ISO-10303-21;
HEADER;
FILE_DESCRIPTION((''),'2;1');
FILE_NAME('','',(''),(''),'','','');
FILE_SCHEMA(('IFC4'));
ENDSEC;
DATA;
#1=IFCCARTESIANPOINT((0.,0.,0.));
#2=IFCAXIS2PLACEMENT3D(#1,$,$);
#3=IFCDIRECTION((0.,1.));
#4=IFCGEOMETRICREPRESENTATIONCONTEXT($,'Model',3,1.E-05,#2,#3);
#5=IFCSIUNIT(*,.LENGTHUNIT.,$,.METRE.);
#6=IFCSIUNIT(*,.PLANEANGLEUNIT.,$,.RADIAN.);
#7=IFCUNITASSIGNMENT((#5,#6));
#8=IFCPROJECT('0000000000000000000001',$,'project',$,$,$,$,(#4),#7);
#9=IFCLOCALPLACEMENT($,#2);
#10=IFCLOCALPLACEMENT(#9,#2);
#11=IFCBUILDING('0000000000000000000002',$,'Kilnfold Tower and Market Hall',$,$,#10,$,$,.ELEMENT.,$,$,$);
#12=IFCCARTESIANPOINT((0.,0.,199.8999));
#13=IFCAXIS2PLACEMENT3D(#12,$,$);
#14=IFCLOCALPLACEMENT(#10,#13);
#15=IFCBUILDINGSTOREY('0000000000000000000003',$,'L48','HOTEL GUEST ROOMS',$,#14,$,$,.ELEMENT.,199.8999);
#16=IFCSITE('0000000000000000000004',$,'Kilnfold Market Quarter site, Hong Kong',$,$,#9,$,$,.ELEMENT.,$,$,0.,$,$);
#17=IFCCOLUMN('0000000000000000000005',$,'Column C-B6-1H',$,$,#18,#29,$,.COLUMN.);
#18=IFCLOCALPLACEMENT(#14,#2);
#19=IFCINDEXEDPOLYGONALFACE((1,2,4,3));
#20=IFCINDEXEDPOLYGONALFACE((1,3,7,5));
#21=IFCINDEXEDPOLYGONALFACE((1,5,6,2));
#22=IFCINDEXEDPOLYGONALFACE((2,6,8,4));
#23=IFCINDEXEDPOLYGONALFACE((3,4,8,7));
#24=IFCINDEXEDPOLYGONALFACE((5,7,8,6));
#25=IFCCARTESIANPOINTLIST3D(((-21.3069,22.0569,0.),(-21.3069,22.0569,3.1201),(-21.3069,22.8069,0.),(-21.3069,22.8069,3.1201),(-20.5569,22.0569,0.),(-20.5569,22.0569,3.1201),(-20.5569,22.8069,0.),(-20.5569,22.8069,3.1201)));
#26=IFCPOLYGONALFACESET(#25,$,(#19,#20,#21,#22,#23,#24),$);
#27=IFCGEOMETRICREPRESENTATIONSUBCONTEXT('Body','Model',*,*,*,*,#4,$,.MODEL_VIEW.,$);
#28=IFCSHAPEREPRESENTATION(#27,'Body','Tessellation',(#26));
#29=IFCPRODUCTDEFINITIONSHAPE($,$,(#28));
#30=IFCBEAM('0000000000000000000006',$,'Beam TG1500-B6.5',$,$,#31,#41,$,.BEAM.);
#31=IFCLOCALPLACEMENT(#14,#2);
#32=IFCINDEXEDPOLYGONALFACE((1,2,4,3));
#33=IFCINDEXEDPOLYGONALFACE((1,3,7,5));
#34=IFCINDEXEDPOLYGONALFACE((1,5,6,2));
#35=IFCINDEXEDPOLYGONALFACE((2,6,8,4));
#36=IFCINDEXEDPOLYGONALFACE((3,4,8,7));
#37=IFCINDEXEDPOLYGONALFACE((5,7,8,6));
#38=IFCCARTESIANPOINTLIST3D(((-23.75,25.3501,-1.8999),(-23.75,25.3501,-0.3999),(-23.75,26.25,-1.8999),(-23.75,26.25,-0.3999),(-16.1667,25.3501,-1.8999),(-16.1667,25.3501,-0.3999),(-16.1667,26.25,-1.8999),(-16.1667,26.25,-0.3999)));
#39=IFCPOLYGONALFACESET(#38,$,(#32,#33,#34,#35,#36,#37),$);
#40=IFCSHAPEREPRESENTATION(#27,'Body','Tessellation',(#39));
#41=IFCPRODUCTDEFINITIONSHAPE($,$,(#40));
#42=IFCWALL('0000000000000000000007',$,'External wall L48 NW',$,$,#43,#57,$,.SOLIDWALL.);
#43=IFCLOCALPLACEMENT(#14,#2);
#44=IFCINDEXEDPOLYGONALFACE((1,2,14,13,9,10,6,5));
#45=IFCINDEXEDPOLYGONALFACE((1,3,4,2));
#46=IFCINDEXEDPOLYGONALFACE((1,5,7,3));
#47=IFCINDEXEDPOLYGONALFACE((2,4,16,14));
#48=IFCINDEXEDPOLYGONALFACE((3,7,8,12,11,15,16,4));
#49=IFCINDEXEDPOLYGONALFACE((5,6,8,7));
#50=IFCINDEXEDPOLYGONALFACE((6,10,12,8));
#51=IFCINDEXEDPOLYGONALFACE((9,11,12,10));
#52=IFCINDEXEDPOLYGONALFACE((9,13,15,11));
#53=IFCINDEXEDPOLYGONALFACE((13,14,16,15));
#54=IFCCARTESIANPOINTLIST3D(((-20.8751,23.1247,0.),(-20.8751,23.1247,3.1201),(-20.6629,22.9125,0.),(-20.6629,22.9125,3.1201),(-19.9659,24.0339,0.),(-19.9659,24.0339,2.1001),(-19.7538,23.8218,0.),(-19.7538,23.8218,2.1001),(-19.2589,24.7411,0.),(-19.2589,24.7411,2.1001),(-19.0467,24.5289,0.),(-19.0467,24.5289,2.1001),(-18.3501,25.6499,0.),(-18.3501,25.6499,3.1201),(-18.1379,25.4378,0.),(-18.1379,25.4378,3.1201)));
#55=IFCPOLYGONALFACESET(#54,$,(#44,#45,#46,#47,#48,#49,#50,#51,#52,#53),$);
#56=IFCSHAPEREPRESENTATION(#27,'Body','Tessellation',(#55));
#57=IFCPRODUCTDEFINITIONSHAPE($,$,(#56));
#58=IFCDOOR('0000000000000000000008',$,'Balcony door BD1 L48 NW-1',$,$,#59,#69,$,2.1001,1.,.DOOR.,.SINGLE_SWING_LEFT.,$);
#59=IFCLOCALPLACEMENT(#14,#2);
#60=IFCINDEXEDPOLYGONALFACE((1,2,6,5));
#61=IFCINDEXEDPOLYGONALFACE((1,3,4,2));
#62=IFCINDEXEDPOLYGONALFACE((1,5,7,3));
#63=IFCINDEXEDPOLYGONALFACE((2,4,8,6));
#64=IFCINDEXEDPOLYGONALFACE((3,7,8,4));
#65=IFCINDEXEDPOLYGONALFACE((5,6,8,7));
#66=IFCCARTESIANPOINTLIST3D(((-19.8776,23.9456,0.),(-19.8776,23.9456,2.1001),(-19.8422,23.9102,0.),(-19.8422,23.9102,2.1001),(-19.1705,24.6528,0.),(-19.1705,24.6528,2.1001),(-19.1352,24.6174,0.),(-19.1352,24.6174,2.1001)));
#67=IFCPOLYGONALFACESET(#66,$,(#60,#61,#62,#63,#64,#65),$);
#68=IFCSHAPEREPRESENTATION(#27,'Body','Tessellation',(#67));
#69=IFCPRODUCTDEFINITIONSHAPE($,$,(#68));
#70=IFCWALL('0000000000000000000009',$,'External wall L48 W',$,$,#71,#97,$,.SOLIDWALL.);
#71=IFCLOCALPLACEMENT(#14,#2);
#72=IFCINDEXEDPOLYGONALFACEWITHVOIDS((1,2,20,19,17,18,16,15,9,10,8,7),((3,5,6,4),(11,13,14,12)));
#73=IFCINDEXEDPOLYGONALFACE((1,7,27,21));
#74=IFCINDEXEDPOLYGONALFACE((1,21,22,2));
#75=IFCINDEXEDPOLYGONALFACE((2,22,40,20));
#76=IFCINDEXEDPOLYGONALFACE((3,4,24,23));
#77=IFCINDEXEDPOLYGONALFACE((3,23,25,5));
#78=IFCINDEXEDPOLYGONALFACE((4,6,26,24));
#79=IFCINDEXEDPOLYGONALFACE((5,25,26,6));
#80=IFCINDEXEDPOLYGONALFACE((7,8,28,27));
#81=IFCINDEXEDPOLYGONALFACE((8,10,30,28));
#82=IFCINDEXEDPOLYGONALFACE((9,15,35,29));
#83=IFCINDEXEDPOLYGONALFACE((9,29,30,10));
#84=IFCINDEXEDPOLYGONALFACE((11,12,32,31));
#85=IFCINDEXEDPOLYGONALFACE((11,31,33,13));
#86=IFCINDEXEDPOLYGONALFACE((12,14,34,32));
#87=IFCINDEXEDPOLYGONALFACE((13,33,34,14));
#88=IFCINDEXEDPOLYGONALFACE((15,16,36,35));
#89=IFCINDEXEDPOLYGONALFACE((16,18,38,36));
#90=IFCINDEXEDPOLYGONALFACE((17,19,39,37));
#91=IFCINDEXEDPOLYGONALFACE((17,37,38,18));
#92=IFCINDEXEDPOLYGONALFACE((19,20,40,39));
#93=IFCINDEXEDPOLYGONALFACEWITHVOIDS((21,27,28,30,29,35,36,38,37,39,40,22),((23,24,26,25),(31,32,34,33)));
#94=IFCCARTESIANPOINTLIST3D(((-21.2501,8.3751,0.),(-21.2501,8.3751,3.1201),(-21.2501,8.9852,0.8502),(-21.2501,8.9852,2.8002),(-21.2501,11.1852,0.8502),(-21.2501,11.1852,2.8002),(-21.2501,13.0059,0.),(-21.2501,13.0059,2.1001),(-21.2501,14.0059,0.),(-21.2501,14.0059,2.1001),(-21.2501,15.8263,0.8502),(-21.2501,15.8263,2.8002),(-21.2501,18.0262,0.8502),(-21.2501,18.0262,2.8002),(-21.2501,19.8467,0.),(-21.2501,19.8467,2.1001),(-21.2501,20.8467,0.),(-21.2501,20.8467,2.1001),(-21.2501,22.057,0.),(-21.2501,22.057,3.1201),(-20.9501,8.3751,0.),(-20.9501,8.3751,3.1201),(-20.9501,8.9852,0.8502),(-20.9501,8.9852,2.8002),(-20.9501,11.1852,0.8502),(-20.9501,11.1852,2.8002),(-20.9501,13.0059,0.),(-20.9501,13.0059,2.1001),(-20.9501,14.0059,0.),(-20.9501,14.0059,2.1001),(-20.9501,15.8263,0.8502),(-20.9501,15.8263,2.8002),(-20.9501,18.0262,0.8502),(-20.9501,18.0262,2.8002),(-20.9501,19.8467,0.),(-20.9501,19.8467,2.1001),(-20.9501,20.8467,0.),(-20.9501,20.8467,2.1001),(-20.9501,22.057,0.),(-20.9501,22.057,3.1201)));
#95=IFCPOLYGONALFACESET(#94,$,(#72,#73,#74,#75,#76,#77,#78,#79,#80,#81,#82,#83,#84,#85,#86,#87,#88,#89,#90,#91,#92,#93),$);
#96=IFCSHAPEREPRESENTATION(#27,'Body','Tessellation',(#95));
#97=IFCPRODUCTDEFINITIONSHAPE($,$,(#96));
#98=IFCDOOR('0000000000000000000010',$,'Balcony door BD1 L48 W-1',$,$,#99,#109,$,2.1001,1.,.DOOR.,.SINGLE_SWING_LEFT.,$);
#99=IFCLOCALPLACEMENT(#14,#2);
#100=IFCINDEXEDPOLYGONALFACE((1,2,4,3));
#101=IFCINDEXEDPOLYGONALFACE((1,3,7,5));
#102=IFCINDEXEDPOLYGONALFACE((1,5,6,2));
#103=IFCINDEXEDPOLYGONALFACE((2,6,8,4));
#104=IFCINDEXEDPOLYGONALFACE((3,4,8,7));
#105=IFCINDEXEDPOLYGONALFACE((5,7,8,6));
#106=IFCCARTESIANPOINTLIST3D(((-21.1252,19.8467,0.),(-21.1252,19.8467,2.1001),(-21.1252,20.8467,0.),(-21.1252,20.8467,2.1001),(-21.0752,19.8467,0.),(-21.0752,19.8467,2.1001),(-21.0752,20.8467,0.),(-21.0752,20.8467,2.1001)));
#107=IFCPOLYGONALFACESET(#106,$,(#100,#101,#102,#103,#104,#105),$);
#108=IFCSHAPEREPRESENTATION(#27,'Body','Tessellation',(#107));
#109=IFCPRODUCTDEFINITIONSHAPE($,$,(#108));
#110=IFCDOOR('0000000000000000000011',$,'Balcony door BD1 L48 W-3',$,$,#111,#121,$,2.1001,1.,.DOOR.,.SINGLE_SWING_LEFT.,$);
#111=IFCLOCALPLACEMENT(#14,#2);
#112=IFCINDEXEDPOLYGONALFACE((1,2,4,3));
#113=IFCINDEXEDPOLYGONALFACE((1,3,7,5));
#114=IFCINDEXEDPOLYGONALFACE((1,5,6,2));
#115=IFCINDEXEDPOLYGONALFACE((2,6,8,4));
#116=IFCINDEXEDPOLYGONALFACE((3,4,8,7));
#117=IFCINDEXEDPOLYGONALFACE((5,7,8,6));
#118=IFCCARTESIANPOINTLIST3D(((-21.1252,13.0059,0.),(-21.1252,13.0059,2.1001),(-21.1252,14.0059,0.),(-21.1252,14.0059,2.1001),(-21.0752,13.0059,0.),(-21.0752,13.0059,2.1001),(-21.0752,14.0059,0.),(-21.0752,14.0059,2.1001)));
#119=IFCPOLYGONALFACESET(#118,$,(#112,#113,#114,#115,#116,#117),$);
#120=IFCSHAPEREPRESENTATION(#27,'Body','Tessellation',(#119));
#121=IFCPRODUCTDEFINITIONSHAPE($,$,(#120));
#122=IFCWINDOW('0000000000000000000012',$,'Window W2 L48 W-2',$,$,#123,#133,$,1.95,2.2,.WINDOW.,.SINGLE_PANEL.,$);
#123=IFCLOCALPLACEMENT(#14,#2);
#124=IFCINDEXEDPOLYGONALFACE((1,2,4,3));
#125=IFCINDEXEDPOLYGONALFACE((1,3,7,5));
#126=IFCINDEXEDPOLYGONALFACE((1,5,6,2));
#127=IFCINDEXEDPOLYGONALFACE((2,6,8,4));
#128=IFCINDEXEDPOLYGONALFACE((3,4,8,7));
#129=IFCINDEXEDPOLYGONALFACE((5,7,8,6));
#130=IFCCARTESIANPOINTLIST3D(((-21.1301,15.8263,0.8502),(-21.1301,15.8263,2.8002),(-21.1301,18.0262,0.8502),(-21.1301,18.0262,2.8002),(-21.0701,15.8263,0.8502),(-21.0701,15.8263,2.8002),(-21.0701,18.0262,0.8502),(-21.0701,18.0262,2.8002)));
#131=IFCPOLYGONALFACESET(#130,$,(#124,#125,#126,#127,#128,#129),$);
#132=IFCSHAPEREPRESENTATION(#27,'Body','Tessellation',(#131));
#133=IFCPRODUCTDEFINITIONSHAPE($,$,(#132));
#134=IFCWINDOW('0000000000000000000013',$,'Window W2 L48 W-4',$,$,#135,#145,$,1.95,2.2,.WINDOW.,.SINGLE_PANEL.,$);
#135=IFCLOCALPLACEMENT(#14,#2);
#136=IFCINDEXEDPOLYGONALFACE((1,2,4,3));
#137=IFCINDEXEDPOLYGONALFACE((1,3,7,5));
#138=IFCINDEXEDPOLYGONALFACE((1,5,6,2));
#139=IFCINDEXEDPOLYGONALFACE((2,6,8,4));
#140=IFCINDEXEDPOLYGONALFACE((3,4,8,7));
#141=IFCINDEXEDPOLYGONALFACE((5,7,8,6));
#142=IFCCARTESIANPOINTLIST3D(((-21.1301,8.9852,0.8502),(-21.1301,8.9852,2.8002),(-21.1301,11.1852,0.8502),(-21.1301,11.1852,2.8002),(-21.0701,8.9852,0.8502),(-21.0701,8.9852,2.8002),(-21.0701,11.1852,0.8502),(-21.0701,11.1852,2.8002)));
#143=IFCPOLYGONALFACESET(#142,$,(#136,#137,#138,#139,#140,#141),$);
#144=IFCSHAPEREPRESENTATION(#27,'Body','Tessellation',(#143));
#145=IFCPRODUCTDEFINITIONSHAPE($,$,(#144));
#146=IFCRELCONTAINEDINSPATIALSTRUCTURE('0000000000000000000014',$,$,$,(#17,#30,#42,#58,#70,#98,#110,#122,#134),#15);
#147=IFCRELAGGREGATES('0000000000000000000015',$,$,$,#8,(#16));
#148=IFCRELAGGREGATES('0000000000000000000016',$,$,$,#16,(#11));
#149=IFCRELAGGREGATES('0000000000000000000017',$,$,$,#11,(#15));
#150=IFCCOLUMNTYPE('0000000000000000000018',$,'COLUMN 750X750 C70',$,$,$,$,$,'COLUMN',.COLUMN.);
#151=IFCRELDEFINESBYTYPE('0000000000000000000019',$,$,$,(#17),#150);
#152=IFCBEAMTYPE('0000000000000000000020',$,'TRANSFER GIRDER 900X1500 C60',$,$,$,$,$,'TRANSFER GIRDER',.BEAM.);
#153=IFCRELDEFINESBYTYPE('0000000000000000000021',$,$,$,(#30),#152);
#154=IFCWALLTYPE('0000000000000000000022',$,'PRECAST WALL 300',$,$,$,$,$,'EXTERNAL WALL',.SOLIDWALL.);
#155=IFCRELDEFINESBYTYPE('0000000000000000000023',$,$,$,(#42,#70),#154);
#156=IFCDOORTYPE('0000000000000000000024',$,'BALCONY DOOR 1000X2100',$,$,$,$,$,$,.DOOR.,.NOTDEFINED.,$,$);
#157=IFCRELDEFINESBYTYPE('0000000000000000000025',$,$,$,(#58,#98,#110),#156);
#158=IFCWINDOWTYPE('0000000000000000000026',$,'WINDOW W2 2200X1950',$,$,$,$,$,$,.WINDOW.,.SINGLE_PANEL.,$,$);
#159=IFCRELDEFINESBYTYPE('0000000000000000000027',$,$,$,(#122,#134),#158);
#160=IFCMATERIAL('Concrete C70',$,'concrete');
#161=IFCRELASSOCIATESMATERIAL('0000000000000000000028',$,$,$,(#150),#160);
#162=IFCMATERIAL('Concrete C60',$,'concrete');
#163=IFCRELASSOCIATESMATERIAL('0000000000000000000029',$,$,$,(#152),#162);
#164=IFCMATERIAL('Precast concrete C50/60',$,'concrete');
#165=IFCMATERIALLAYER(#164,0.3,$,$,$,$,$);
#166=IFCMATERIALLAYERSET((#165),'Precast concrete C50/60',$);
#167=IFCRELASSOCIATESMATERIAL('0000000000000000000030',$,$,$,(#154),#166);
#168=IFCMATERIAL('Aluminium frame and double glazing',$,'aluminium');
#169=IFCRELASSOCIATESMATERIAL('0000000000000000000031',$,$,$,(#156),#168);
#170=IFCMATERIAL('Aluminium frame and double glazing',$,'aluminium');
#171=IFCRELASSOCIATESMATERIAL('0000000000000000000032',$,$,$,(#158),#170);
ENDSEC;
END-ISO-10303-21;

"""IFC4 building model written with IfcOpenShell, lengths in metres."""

from ifc_helpers import new_model, si_unit, direction, frame, frame_2d, origin, origin_2d, place, context, subcontext, project, spatial, rectangle, extrude, source, transform, mapped, material, layer, layer_set, material_profile, profile_set, type_object, element, fill, save


model = new_model("IFC4")

# Units and contexts
model_context = context("Model", 3, precision=1e-05, world=origin(), true_north=direction((0.0, 1.0)))
body_context = subcontext(model_context, "Body", "Model", "MODEL_VIEW")
ifc_project = project(units=[si_unit("LENGTHUNIT", "METRE"), si_unit("PLANEANGLEUNIT", "RADIAN")], contexts=[model_context])

# Site, building, storey
site_placement = place(None, origin())
site = spatial("IfcSite", under=ifc_project, at=site_placement, Name="Kilnfold Market Quarter site, Hong Kong", CompositionType="ELEMENT", RefElevation=0.0)
building_placement = place(site_placement, origin())
building = spatial("IfcBuilding", under=site, at=building_placement, Name="Kilnfold Tower and Market Hall", CompositionType="ELEMENT")
storey_placement = place(building_placement, frame((0.0, 0.0, 199.8999)))
storey = spatial("IfcBuildingStorey", under=building, at=storey_placement, Name="L48", Description="HOTEL GUEST ROOMS", CompositionType="ELEMENT", Elevation=199.8999)

# Column
ifc_material_1 = material(Name="Concrete C70", Category="concrete")
ifc_material_profile_1 = material_profile(ifc_material_1, rectangle(XDim=0.75, YDim=0.75, at=origin_2d()), Name="RC 750x750")
ifc_profile_set_1 = profile_set([ifc_material_profile_1], Name="Concrete C70")
column_type = type_object("IfcColumnType", Name="COLUMN 750X750 C70", ElementType="COLUMN", PredefinedType="COLUMN", material=ifc_profile_set_1)
shared_shape_1 = source(origin(), body_context, "Body", "SweptSolid", [
    extrude(rectangle(XDim=0.75, YDim=0.75, at=origin_2d()), origin(), (0.0, 0.0, 1.0), 3.1201),
])
column_placement = place(storey_placement, frame((-20.9319, 22.4319, 0.0), z_axis=(0.0, 0.0, 1.0), x_axis=(1.0, 0.0, 0.0)))
element("IfcColumn", 1, at=column_placement, inside=storey, type_object=column_type, Name="Column C-B6-1H", PredefinedType="COLUMN", context=body_context, shape_type="MappedRepresentation", body=[
    mapped(shared_shape_1, transform((0.0, 0.0, 0.0))),
])

# Beam
ifc_material_2 = material(Name="Concrete C60", Category="concrete")
ifc_material_profile_2 = material_profile(ifc_material_2, rectangle(XDim=0.8999, YDim=1.5, at=origin_2d()), Name="RC 900x1500")
ifc_profile_set_2 = profile_set([ifc_material_profile_2], Name="Concrete C60")
beam_type = type_object("IfcBeamType", Name="TRANSFER GIRDER 900X1500 C60", ElementType="TRANSFER GIRDER", PredefinedType="BEAM", material=ifc_profile_set_2)
shared_shape_2 = source(origin(), body_context, "Body", "SweptSolid", [
    extrude(rectangle(XDim=0.8999, YDim=1.5, at=origin_2d()), origin(), (0.0, 0.0, 1.0), 7.5833),
])
beam_placement = place(storey_placement, frame((-23.75, 25.8, -1.1499), z_axis=(1.0, 0.0, 0.0), x_axis=(0.0, 1.0, 0.0)))
element("IfcBeam", 2, at=beam_placement, inside=storey, type_object=beam_type, Name="Beam TG1500-B6.5", PredefinedType="BEAM", context=body_context, shape_type="MappedRepresentation", body=[
    mapped(shared_shape_2, transform((0.0, 0.0, 0.0))),
])

# Wall, opening, door
ifc_material_3 = material(Name="Precast concrete C50/60", Category="concrete")
ifc_layer_1 = layer(ifc_material_3, 0.3)
ifc_layer_set_1 = layer_set([ifc_layer_1], Name="Precast concrete C50/60")
wall_type_1 = type_object("IfcWallType", Name="PRECAST WALL 300", ElementType="EXTERNAL WALL", PredefinedType="SOLIDWALL", material=ifc_layer_set_1)
shared_shape_3 = source(origin(), body_context, "Body", "SweptSolid", [
    extrude(rectangle(XDim=3.571, YDim=0.3, at=frame_2d((1.7856, 0.0))), origin(), (0.0, 0.0, 1.0), 3.1201),
])
wall_1_placement = place(storey_placement, frame((-18.2439, 25.5439, 0.0), z_axis=(0.0, 0.0, 1.0), x_axis=(-0.707073, -0.707141, 0.0)))
wall_1 = element("IfcWall", 3, at=wall_1_placement, inside=storey, type_object=wall_type_1, Name="External wall L48 NW", PredefinedType="SOLIDWALL", context=body_context, shape_type="MappedRepresentation", body=[
    mapped(shared_shape_3, transform((0.0, 0.0, 0.0))),
])
opening_1_placement = place(wall_1_placement, frame((1.2854, 0.0, 0.0)))
opening_1 = element("IfcOpeningElement", 4, at=opening_1_placement, cuts=wall_1, PredefinedType="OPENING", context=body_context, shape_type="SweptSolid", body=[
    extrude(rectangle(XDim=1.0, YDim=2.1001, at=frame_2d((0.5, 1.05))), frame((0.0, 0.1602, 0.0), z_axis=(0.0, -1.0, 0.0), x_axis=(1.0, 0.0, 0.0)), (0.0, 0.0, 1.0), 0.3201),
])
ifc_material_4 = material(Name="Aluminium frame and double glazing", Category="aluminium")
door_type_1 = type_object("IfcDoorType", Name="BALCONY DOOR 1000X2100", OperationType="NOTDEFINED", PredefinedType="DOOR", material=ifc_material_4)
door_1_placement = place(opening_1_placement, origin())
door_1 = element("IfcDoor", 5, at=door_1_placement, inside=storey, type_object=door_type_1, Name="Balcony door BD1 L48 NW-1", OperationType="SINGLE_SWING_LEFT", OverallHeight=2.1001, OverallWidth=1.0, PredefinedType="DOOR", context=body_context, shape_type="SweptSolid", body=[
    extrude(rectangle(XDim=1.0, YDim=2.1001, at=frame_2d((0.5, 1.05))), frame((0.0, 0.0249, 0.0), z_axis=(0.0, -1.0, 0.0), x_axis=(1.0, 0.0, 0.0)), (0.0, 0.0, 1.0), 0.05),
])
fill(opening_1, door_1)

# Wall, openings, doors, windows
shared_shape_4 = source(origin(), body_context, "Body", "SweptSolid", [
    extrude(rectangle(XDim=13.6819, YDim=0.3, at=frame_2d((6.8408, 0.0))), origin(), (0.0, 0.0, 1.0), 3.1201),
])
wall_2_placement = place(storey_placement, frame((-21.1001, 22.0569, 0.0), z_axis=(0.0, 0.0, 1.0), x_axis=(0.0, -1.0, 0.0)))
wall_2 = element("IfcWall", 6, at=wall_2_placement, inside=storey, type_object=wall_type_1, Name="External wall L48 W", PredefinedType="SOLIDWALL", context=body_context, shape_type="MappedRepresentation", body=[
    mapped(shared_shape_4, transform((0.0, 0.0, 0.0))),
])
opening_2_placement = place(wall_2_placement, frame((1.2102, 0.0, 0.0)))
opening_2 = element("IfcOpeningElement", 7, at=opening_2_placement, cuts=wall_2, PredefinedType="OPENING", context=body_context, shape_type="SweptSolid", body=[
    extrude(rectangle(XDim=1.0, YDim=2.1001, at=frame_2d((0.5, 1.05))), frame((0.0, 0.1602, 0.0), z_axis=(0.0, -1.0, 0.0), x_axis=(1.0, 0.0, 0.0)), (0.0, 0.0, 1.0), 0.3201),
])
opening_3_placement = place(wall_2_placement, frame((4.0305, 0.0, 0.8501)))
opening_3 = element("IfcOpeningElement", 8, at=opening_3_placement, cuts=wall_2, PredefinedType="OPENING", context=body_context, shape_type="SweptSolid", body=[
    extrude(rectangle(XDim=2.2, YDim=1.95, at=frame_2d((1.1001, 0.9751))), frame((0.0, 0.1602, 0.0), z_axis=(0.0, -1.0, 0.0), x_axis=(1.0, 0.0, 0.0)), (0.0, 0.0, 1.0), 0.3201),
])
opening_4_placement = place(wall_2_placement, frame((8.051, 0.0, 0.0)))
opening_4 = element("IfcOpeningElement", 9, at=opening_4_placement, cuts=wall_2, PredefinedType="OPENING", context=body_context, shape_type="SweptSolid", body=[
    extrude(rectangle(XDim=1.0, YDim=2.1001, at=frame_2d((0.5, 1.05))), frame((0.0, 0.1602, 0.0), z_axis=(0.0, -1.0, 0.0), x_axis=(1.0, 0.0, 0.0)), (0.0, 0.0, 1.0), 0.3201),
])
opening_5_placement = place(wall_2_placement, frame((10.8716, 0.0, 0.8501)))
opening_5 = element("IfcOpeningElement", 10, at=opening_5_placement, cuts=wall_2, PredefinedType="OPENING", context=body_context, shape_type="SweptSolid", body=[
    extrude(rectangle(XDim=2.2, YDim=1.95, at=frame_2d((1.1001, 0.9751))), frame((0.0, 0.1602, 0.0), z_axis=(0.0, -1.0, 0.0), x_axis=(1.0, 0.0, 0.0)), (0.0, 0.0, 1.0), 0.3201),
])
door_2_placement = place(opening_2_placement, origin())
door_2 = element("IfcDoor", 11, at=door_2_placement, inside=storey, type_object=door_type_1, Name="Balcony door BD1 L48 W-1", OperationType="SINGLE_SWING_LEFT", OverallHeight=2.1001, OverallWidth=1.0, PredefinedType="DOOR", context=body_context, shape_type="SweptSolid", body=[
    extrude(rectangle(XDim=1.0, YDim=2.1001, at=frame_2d((0.5, 1.05))), frame((0.0, 0.0249, 0.0), z_axis=(0.0, -1.0, 0.0), x_axis=(1.0, 0.0, 0.0)), (0.0, 0.0, 1.0), 0.05),
])
fill(opening_2, door_2)
door_3_placement = place(opening_4_placement, origin())
door_3 = element("IfcDoor", 12, at=door_3_placement, inside=storey, type_object=door_type_1, Name="Balcony door BD1 L48 W-3", OperationType="SINGLE_SWING_LEFT", OverallHeight=2.1001, OverallWidth=1.0, PredefinedType="DOOR", context=body_context, shape_type="SweptSolid", body=[
    extrude(rectangle(XDim=1.0, YDim=2.1001, at=frame_2d((0.5, 1.05))), frame((0.0, 0.0249, 0.0), z_axis=(0.0, -1.0, 0.0), x_axis=(1.0, 0.0, 0.0)), (0.0, 0.0, 1.0), 0.05),
])
fill(opening_4, door_3)
ifc_material_5 = material(Name="Aluminium frame and double glazing", Category="aluminium")
window_type = type_object("IfcWindowType", Name="WINDOW W2 2200X1950", PartitioningType="SINGLE_PANEL", PredefinedType="WINDOW", material=ifc_material_5)
window_1_placement = place(opening_3_placement, origin())
window_1 = element("IfcWindow", 13, at=window_1_placement, inside=storey, type_object=window_type, Name="Window W2 L48 W-2", OverallHeight=1.95, OverallWidth=2.2, PartitioningType="SINGLE_PANEL", PredefinedType="WINDOW", context=body_context, shape_type="SweptSolid", body=[
    extrude(rectangle(XDim=2.2, YDim=1.95, at=frame_2d((1.1001, 0.9751))), frame((0.0, 0.03, 0.0), z_axis=(0.0, -1.0, 0.0), x_axis=(1.0, 0.0, 0.0)), (0.0, 0.0, 1.0), 0.0601),
])
fill(opening_3, window_1)
window_2_placement = place(opening_5_placement, origin())
window_2 = element("IfcWindow", 14, at=window_2_placement, inside=storey, type_object=window_type, Name="Window W2 L48 W-4", OverallHeight=1.95, OverallWidth=2.2, PartitioningType="SINGLE_PANEL", PredefinedType="WINDOW", context=body_context, shape_type="SweptSolid", body=[
    extrude(rectangle(XDim=2.2, YDim=1.95, at=frame_2d((1.1001, 0.9751))), frame((0.0, 0.03, 0.0), z_axis=(0.0, -1.0, 0.0), x_axis=(1.0, 0.0, 0.0)), (0.0, 0.0, 1.0), 0.0601),
])
fill(opening_5, window_2)

save(model, "model.ifc")
